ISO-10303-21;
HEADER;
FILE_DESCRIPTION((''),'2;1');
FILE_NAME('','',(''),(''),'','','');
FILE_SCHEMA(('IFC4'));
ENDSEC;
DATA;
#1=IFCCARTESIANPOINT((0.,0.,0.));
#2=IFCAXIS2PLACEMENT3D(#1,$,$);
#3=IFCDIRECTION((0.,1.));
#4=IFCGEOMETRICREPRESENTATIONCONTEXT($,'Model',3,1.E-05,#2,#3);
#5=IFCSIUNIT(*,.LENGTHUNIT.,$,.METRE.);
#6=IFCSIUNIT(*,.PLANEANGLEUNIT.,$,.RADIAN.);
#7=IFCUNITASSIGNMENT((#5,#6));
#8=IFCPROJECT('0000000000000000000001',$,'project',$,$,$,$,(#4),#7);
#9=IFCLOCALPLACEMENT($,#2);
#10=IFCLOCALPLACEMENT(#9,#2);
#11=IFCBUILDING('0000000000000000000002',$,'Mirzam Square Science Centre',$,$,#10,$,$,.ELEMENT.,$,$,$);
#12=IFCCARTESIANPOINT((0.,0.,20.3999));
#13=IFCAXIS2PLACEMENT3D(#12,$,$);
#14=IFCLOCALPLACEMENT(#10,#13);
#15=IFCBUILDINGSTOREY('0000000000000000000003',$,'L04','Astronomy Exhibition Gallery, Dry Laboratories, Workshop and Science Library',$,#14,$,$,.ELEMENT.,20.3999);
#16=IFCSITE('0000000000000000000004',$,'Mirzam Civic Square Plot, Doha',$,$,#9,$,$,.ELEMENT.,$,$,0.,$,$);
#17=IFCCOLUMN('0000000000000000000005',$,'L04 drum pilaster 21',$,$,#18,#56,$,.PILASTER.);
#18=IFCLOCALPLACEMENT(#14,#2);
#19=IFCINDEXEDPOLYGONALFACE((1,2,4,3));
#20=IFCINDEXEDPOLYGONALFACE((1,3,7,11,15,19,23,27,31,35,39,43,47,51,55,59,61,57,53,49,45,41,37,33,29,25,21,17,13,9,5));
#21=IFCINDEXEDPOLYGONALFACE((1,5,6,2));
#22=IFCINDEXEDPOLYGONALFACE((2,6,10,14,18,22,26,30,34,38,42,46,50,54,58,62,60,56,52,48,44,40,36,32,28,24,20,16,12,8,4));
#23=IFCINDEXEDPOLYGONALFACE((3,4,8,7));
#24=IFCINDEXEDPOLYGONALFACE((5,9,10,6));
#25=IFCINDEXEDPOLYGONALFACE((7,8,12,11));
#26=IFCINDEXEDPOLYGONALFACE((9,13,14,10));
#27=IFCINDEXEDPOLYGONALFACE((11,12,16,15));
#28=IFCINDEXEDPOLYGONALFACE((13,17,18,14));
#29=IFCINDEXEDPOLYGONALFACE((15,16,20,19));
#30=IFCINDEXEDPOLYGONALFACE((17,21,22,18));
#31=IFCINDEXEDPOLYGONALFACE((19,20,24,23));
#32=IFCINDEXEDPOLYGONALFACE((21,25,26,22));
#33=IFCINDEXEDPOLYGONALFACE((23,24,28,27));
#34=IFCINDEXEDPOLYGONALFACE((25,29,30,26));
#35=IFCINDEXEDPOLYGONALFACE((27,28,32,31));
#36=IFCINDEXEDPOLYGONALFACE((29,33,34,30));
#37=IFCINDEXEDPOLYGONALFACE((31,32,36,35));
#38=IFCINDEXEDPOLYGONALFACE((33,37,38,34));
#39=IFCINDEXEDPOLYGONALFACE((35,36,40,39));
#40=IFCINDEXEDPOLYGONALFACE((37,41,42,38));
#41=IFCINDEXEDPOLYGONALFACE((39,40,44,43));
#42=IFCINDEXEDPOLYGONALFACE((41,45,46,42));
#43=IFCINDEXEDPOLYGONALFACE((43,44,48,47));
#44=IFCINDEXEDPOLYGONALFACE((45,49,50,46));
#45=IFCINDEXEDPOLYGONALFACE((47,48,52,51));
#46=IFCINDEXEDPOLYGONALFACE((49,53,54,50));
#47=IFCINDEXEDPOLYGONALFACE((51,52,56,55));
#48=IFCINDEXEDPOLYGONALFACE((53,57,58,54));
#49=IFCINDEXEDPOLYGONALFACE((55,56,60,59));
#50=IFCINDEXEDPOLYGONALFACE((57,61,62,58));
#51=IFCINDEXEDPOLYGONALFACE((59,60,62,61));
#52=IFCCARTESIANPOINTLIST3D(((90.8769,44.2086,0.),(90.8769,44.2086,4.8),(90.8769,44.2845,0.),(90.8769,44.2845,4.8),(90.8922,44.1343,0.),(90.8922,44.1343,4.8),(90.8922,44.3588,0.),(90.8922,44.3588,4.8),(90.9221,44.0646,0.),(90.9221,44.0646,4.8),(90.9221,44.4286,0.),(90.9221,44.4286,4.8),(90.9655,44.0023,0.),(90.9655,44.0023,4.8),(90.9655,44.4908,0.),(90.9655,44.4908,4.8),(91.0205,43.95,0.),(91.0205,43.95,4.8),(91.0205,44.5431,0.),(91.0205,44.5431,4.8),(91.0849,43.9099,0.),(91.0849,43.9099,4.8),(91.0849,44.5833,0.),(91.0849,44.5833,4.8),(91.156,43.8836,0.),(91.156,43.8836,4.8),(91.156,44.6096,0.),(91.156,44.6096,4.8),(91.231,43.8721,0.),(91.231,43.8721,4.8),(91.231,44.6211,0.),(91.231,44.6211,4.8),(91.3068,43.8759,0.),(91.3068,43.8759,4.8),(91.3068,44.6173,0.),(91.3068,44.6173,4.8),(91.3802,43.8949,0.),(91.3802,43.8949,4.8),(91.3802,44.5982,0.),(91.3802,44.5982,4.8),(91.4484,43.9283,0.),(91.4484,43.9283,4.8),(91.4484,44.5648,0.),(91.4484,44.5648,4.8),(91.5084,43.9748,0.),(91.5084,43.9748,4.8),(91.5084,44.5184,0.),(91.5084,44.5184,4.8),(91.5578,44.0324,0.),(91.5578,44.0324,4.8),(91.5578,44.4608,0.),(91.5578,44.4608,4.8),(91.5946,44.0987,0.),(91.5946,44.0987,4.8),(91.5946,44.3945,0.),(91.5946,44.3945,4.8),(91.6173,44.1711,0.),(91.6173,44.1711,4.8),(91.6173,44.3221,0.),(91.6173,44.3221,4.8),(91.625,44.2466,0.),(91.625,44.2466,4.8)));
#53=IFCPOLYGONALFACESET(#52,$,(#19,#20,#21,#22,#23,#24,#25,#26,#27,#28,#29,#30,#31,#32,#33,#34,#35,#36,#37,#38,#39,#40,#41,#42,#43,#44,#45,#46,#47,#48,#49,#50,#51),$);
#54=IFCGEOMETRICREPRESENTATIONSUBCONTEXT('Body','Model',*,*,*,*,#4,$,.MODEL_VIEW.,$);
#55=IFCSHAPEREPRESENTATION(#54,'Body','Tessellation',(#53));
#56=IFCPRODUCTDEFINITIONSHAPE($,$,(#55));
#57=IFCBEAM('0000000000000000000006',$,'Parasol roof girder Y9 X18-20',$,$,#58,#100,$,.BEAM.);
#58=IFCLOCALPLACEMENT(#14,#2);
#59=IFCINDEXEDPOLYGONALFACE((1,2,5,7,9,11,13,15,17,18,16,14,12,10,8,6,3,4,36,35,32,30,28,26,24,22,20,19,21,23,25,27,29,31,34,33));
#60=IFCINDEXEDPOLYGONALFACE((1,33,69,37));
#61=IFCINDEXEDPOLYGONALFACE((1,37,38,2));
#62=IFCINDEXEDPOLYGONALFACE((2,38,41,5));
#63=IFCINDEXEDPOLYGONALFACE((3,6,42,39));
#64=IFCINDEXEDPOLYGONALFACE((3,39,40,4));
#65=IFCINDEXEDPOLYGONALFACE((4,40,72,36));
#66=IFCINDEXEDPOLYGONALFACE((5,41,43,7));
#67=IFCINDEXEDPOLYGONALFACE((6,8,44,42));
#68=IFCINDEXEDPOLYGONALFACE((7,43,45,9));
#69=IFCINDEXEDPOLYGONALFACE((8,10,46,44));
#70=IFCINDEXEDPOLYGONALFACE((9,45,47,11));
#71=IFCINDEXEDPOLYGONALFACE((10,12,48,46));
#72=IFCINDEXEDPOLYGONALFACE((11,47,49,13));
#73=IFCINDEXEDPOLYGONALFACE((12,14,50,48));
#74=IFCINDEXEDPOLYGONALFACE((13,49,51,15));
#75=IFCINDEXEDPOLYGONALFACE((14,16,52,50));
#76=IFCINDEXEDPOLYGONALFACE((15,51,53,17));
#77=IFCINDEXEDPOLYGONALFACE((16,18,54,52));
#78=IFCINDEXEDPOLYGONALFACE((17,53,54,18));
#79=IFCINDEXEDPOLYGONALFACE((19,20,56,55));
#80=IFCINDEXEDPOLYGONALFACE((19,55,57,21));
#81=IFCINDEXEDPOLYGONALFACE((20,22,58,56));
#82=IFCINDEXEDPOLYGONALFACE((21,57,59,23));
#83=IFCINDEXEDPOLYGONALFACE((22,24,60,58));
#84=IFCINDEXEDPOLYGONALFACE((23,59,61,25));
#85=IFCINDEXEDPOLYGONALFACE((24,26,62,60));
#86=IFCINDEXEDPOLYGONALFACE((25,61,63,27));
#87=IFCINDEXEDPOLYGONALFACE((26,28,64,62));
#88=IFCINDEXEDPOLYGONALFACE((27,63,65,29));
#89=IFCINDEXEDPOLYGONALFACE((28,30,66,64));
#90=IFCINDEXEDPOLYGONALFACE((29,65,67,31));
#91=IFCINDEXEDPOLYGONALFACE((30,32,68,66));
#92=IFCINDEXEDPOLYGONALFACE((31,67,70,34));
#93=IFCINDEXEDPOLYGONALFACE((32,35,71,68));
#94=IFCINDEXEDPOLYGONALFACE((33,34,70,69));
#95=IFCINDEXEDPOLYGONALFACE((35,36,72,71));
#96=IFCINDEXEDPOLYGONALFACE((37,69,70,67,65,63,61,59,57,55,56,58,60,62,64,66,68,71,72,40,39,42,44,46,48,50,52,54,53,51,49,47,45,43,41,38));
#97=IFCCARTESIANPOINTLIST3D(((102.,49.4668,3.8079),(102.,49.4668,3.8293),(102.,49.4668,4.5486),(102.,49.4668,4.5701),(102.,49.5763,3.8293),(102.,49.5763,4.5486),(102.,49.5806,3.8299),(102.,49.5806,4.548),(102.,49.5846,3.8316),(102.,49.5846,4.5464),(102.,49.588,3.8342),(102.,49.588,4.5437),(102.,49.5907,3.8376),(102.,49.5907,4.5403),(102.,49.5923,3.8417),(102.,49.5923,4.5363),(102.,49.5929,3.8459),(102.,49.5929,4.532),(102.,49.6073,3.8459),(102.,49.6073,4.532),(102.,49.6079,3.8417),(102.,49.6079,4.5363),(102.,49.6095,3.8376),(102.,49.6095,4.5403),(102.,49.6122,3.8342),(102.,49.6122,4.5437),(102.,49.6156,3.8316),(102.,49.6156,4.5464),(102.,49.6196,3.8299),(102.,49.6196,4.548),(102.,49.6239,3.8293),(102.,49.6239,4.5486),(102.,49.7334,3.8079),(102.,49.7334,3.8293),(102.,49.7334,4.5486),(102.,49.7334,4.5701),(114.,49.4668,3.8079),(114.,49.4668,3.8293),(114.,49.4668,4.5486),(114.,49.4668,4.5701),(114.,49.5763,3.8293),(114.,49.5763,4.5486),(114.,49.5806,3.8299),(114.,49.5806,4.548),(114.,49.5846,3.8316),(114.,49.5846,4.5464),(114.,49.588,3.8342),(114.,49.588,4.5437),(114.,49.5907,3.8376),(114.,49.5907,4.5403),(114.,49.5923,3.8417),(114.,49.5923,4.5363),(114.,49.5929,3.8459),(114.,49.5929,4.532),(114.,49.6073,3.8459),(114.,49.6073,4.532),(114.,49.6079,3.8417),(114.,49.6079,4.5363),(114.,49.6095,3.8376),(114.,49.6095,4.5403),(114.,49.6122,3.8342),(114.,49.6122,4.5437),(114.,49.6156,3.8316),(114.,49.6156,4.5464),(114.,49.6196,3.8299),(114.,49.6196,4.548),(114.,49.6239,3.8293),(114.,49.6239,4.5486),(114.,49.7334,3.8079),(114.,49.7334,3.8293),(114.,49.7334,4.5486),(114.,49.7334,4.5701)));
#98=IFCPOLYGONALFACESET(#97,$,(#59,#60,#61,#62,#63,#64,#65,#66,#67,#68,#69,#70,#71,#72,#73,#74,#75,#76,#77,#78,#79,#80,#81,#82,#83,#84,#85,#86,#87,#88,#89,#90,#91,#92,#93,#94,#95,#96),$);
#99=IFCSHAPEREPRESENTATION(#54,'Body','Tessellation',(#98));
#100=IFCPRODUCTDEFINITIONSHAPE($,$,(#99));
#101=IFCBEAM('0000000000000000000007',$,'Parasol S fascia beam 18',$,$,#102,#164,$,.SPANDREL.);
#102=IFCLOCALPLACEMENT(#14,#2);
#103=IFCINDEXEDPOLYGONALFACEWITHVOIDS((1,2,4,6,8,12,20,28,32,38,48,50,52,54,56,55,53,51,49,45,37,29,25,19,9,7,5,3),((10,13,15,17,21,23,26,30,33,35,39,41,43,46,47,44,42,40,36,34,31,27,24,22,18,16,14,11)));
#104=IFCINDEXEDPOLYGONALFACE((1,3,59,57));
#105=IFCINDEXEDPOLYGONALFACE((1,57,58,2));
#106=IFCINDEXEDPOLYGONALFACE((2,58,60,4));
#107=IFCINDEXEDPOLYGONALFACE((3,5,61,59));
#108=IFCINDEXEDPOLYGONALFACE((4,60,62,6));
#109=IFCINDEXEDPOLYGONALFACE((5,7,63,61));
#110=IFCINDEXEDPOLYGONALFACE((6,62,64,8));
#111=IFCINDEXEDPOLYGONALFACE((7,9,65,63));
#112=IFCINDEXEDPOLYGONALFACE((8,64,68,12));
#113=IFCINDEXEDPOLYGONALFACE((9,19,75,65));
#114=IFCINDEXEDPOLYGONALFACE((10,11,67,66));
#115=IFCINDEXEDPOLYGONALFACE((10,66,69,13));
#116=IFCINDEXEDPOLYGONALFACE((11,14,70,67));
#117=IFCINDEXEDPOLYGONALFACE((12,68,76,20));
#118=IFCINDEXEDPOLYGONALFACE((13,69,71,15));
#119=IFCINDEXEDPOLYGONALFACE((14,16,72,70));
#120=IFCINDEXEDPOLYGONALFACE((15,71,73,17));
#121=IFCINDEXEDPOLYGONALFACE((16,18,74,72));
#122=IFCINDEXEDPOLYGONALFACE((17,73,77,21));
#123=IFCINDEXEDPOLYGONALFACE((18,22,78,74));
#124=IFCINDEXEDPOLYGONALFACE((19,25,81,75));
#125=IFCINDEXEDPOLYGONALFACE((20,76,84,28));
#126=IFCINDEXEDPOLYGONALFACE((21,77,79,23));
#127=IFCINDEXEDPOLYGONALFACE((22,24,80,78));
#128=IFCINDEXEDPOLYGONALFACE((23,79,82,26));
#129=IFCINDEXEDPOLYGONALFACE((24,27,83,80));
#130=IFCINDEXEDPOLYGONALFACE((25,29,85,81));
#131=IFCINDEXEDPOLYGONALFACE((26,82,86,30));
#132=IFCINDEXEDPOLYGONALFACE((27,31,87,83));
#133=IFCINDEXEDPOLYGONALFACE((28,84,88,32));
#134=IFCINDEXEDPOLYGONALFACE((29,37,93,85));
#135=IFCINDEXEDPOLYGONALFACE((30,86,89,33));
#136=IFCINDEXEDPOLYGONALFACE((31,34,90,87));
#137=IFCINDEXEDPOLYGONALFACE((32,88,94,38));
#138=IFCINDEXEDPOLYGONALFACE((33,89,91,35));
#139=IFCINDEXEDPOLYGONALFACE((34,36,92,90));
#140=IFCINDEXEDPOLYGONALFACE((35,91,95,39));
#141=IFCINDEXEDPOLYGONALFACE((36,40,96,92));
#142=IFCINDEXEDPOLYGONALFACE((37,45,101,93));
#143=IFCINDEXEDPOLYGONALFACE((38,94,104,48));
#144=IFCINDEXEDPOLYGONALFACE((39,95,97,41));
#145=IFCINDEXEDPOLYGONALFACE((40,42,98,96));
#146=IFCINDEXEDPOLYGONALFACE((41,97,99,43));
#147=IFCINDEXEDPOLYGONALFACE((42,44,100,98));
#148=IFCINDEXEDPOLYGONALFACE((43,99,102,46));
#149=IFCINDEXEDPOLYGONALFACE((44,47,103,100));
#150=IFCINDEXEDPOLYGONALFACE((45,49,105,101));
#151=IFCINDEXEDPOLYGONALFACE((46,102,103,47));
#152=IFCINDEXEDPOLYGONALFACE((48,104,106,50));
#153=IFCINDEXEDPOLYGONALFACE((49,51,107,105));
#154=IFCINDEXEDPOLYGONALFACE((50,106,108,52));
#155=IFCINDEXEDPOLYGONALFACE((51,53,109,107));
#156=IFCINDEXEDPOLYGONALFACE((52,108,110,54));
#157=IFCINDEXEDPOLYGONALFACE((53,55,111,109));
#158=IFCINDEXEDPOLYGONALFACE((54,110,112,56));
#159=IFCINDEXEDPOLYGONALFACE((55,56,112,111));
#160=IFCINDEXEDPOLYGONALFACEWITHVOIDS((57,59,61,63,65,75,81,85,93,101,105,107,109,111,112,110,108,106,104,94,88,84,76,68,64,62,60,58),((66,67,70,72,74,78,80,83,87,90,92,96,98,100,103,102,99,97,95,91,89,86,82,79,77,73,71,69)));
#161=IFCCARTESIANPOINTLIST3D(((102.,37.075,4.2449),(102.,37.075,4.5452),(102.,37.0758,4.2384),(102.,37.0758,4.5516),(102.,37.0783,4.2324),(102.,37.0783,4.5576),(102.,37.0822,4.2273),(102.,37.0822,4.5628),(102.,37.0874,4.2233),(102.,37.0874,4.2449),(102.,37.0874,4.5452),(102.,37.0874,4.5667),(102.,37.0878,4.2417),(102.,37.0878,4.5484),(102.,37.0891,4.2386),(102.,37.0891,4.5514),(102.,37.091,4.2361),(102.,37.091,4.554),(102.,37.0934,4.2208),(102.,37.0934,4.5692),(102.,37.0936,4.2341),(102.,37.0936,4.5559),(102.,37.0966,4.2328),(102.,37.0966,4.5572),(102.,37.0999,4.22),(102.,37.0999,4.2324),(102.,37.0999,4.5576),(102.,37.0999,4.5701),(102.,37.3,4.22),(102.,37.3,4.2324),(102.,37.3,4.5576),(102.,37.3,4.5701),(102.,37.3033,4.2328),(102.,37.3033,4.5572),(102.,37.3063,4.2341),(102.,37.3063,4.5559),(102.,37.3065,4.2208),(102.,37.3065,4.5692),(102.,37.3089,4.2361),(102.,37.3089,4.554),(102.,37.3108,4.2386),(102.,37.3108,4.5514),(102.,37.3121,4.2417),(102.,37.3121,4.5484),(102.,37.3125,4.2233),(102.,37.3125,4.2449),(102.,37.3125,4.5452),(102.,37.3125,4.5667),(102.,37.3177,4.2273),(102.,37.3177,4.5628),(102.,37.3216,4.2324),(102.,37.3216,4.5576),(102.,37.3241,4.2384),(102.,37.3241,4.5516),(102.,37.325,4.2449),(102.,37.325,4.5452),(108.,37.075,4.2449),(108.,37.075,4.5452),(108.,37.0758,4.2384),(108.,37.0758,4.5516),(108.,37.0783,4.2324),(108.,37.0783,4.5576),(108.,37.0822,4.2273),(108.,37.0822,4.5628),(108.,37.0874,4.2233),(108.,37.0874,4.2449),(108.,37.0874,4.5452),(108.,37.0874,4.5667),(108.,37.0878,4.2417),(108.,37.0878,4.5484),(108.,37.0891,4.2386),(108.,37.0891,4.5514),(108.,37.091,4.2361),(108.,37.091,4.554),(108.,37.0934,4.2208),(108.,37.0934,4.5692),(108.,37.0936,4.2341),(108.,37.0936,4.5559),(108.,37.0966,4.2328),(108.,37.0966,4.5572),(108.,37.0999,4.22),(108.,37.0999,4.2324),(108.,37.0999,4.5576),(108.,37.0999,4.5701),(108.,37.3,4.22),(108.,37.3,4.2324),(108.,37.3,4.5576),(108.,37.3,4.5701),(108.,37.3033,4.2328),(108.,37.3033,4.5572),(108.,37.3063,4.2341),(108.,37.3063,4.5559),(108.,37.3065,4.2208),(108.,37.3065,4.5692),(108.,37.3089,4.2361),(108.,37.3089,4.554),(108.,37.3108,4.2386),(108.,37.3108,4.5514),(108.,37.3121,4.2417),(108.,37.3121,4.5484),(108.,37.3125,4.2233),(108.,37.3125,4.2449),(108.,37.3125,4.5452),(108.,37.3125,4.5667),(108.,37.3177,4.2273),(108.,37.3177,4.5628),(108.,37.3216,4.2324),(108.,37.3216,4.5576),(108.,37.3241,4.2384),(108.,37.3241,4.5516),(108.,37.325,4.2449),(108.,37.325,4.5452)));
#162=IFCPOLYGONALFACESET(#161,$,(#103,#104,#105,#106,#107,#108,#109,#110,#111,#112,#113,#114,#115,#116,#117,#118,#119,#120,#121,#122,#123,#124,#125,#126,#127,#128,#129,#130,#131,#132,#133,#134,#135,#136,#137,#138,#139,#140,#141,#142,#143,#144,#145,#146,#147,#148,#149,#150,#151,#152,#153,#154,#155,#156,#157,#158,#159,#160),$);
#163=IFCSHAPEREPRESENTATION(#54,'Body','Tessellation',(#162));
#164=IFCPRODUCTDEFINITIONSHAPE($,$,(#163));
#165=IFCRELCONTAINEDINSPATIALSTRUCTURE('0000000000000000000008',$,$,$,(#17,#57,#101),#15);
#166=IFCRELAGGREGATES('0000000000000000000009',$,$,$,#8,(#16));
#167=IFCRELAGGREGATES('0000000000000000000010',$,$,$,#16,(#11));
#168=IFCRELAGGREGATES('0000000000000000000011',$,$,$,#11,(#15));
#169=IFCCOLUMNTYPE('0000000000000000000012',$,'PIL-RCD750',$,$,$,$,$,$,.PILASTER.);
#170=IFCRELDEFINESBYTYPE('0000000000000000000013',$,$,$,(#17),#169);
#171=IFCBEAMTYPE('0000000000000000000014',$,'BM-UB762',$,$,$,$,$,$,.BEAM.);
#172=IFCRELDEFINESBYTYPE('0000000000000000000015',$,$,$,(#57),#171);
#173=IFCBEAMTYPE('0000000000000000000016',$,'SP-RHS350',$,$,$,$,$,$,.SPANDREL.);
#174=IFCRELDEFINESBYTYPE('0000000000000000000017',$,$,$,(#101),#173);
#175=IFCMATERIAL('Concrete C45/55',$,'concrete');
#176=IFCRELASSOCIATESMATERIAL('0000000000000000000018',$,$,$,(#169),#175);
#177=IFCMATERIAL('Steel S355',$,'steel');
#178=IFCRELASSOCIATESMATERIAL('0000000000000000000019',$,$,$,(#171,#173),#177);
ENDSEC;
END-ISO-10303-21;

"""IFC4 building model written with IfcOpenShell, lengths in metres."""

from ifc_helpers import new_model, si_unit, direction, frame, origin, origin_2d, place, context, subcontext, project, spatial, hollow_rectangle, circle, i_section, extrude, material, material_profile, profile_set, type_object, element, save


model = new_model("IFC4")

# Units and contexts
model_context = context("Model", 3, precision=1e-05, world=origin(), true_north=direction((0.0, 1.0)))
body_context = subcontext(model_context, "Body", "Model", "MODEL_VIEW")
ifc_project = project(units=[si_unit("LENGTHUNIT", "METRE"), si_unit("PLANEANGLEUNIT", "RADIAN")], contexts=[model_context])

# Site, building, storey
site_placement = place(None, origin())
site = spatial("IfcSite", under=ifc_project, at=site_placement, Name="Mirzam Civic Square Plot, Doha", CompositionType="ELEMENT", RefElevation=0.0)
building_placement = place(site_placement, origin())
building = spatial("IfcBuilding", under=site, at=building_placement, Name="Mirzam Square Science Centre", CompositionType="ELEMENT")
storey_placement = place(building_placement, frame((0.0, 0.0, 20.3999)))
storey = spatial("IfcBuildingStorey", under=building, at=storey_placement, Name="L04", Description="Astronomy Exhibition Gallery, Dry Laboratories, Workshop and Science Library", CompositionType="ELEMENT", Elevation=20.3999)

# Column
ifc_material_1 = material(Name="Steel S355", Category="steel")
ifc_material_2 = material(Name="Concrete C45/55", Category="concrete")
ifc_material_profile_1 = material_profile(ifc_material_2, circle(Radius=0.375, at=origin_2d()), Name="RCD750")
ifc_profile_set_1 = profile_set([ifc_material_profile_1], Name="Concrete C45/55")
column_type_1 = type_object("IfcColumnType", Name="PIL-RCD750", PredefinedType="PILASTER", material=ifc_profile_set_1)
column_1_placement = place(storey_placement, frame((91.25, 44.2466, 0.0), z_axis=(0.0, 0.0, 1.0), x_axis=(1.0, 0.0, 0.0)))
element("IfcColumn", 1, at=column_1_placement, inside=storey, type_object=column_type_1, Name="L04 drum pilaster 21", PredefinedType="PILASTER", context=body_context, shape_type="SweptSolid", body=[
    extrude(circle(Radius=0.375, at=origin_2d()), origin(), (0.0, 0.0, 1.0), 4.8),
])

# Beams
ifc_material_profile_2 = material_profile(ifc_material_1, i_section(OverallWidth=0.2666, OverallDepth=0.7622, WebThickness=0.0144, FlangeThickness=0.0215, FilletRadius=0.0166, at=origin_2d()), Name="762x267x173UB")
ifc_profile_set_2 = profile_set([ifc_material_profile_2], Name="Steel S355")
beam_type_1 = type_object("IfcBeamType", Name="BM-UB762", PredefinedType="BEAM", material=ifc_profile_set_2)
beam_1_placement = place(storey_placement, frame((102.0, 49.6001, 4.189), z_axis=(1.0, 0.0, 0.0), x_axis=(0.0, 1.0, 0.0)))
element("IfcBeam", 2, at=beam_1_placement, inside=storey, type_object=beam_type_1, Name="Parasol roof girder Y9 X18-20", PredefinedType="BEAM", context=body_context, shape_type="SweptSolid", body=[
    extrude(i_section(OverallWidth=0.2666, OverallDepth=0.7622, WebThickness=0.0144, FlangeThickness=0.0215, FilletRadius=0.0166, at=origin_2d()), origin(), (0.0, 0.0, 1.0), 12.0),
])
ifc_material_profile_3 = material_profile(ifc_material_1, hollow_rectangle(XDim=0.25, YDim=0.3501, WallThickness=0.0125, InnerFilletRadius=0.0125, OuterFilletRadius=0.0249, at=origin_2d()), Name="350x250x12.5RHS")
ifc_profile_set_3 = profile_set([ifc_material_profile_3], Name="Steel S355")
beam_type_2 = type_object("IfcBeamType", Name="SP-RHS350", PredefinedType="SPANDREL", material=ifc_profile_set_3)
beam_2_placement = place(storey_placement, frame((102.0, 37.2, 4.395), z_axis=(1.0, 0.0, 0.0), x_axis=(0.0, 1.0, 0.0)))
element("IfcBeam", 3, at=beam_2_placement, inside=storey, type_object=beam_type_2, Name="Parasol S fascia beam 18", PredefinedType="SPANDREL", context=body_context, shape_type="SweptSolid", body=[
    extrude(hollow_rectangle(XDim=0.25, YDim=0.3501, WallThickness=0.0125, InnerFilletRadius=0.0125, OuterFilletRadius=0.0249, at=origin_2d()), origin(), (0.0, 0.0, 1.0), 6.0),
])

save(model, "model.ifc")
